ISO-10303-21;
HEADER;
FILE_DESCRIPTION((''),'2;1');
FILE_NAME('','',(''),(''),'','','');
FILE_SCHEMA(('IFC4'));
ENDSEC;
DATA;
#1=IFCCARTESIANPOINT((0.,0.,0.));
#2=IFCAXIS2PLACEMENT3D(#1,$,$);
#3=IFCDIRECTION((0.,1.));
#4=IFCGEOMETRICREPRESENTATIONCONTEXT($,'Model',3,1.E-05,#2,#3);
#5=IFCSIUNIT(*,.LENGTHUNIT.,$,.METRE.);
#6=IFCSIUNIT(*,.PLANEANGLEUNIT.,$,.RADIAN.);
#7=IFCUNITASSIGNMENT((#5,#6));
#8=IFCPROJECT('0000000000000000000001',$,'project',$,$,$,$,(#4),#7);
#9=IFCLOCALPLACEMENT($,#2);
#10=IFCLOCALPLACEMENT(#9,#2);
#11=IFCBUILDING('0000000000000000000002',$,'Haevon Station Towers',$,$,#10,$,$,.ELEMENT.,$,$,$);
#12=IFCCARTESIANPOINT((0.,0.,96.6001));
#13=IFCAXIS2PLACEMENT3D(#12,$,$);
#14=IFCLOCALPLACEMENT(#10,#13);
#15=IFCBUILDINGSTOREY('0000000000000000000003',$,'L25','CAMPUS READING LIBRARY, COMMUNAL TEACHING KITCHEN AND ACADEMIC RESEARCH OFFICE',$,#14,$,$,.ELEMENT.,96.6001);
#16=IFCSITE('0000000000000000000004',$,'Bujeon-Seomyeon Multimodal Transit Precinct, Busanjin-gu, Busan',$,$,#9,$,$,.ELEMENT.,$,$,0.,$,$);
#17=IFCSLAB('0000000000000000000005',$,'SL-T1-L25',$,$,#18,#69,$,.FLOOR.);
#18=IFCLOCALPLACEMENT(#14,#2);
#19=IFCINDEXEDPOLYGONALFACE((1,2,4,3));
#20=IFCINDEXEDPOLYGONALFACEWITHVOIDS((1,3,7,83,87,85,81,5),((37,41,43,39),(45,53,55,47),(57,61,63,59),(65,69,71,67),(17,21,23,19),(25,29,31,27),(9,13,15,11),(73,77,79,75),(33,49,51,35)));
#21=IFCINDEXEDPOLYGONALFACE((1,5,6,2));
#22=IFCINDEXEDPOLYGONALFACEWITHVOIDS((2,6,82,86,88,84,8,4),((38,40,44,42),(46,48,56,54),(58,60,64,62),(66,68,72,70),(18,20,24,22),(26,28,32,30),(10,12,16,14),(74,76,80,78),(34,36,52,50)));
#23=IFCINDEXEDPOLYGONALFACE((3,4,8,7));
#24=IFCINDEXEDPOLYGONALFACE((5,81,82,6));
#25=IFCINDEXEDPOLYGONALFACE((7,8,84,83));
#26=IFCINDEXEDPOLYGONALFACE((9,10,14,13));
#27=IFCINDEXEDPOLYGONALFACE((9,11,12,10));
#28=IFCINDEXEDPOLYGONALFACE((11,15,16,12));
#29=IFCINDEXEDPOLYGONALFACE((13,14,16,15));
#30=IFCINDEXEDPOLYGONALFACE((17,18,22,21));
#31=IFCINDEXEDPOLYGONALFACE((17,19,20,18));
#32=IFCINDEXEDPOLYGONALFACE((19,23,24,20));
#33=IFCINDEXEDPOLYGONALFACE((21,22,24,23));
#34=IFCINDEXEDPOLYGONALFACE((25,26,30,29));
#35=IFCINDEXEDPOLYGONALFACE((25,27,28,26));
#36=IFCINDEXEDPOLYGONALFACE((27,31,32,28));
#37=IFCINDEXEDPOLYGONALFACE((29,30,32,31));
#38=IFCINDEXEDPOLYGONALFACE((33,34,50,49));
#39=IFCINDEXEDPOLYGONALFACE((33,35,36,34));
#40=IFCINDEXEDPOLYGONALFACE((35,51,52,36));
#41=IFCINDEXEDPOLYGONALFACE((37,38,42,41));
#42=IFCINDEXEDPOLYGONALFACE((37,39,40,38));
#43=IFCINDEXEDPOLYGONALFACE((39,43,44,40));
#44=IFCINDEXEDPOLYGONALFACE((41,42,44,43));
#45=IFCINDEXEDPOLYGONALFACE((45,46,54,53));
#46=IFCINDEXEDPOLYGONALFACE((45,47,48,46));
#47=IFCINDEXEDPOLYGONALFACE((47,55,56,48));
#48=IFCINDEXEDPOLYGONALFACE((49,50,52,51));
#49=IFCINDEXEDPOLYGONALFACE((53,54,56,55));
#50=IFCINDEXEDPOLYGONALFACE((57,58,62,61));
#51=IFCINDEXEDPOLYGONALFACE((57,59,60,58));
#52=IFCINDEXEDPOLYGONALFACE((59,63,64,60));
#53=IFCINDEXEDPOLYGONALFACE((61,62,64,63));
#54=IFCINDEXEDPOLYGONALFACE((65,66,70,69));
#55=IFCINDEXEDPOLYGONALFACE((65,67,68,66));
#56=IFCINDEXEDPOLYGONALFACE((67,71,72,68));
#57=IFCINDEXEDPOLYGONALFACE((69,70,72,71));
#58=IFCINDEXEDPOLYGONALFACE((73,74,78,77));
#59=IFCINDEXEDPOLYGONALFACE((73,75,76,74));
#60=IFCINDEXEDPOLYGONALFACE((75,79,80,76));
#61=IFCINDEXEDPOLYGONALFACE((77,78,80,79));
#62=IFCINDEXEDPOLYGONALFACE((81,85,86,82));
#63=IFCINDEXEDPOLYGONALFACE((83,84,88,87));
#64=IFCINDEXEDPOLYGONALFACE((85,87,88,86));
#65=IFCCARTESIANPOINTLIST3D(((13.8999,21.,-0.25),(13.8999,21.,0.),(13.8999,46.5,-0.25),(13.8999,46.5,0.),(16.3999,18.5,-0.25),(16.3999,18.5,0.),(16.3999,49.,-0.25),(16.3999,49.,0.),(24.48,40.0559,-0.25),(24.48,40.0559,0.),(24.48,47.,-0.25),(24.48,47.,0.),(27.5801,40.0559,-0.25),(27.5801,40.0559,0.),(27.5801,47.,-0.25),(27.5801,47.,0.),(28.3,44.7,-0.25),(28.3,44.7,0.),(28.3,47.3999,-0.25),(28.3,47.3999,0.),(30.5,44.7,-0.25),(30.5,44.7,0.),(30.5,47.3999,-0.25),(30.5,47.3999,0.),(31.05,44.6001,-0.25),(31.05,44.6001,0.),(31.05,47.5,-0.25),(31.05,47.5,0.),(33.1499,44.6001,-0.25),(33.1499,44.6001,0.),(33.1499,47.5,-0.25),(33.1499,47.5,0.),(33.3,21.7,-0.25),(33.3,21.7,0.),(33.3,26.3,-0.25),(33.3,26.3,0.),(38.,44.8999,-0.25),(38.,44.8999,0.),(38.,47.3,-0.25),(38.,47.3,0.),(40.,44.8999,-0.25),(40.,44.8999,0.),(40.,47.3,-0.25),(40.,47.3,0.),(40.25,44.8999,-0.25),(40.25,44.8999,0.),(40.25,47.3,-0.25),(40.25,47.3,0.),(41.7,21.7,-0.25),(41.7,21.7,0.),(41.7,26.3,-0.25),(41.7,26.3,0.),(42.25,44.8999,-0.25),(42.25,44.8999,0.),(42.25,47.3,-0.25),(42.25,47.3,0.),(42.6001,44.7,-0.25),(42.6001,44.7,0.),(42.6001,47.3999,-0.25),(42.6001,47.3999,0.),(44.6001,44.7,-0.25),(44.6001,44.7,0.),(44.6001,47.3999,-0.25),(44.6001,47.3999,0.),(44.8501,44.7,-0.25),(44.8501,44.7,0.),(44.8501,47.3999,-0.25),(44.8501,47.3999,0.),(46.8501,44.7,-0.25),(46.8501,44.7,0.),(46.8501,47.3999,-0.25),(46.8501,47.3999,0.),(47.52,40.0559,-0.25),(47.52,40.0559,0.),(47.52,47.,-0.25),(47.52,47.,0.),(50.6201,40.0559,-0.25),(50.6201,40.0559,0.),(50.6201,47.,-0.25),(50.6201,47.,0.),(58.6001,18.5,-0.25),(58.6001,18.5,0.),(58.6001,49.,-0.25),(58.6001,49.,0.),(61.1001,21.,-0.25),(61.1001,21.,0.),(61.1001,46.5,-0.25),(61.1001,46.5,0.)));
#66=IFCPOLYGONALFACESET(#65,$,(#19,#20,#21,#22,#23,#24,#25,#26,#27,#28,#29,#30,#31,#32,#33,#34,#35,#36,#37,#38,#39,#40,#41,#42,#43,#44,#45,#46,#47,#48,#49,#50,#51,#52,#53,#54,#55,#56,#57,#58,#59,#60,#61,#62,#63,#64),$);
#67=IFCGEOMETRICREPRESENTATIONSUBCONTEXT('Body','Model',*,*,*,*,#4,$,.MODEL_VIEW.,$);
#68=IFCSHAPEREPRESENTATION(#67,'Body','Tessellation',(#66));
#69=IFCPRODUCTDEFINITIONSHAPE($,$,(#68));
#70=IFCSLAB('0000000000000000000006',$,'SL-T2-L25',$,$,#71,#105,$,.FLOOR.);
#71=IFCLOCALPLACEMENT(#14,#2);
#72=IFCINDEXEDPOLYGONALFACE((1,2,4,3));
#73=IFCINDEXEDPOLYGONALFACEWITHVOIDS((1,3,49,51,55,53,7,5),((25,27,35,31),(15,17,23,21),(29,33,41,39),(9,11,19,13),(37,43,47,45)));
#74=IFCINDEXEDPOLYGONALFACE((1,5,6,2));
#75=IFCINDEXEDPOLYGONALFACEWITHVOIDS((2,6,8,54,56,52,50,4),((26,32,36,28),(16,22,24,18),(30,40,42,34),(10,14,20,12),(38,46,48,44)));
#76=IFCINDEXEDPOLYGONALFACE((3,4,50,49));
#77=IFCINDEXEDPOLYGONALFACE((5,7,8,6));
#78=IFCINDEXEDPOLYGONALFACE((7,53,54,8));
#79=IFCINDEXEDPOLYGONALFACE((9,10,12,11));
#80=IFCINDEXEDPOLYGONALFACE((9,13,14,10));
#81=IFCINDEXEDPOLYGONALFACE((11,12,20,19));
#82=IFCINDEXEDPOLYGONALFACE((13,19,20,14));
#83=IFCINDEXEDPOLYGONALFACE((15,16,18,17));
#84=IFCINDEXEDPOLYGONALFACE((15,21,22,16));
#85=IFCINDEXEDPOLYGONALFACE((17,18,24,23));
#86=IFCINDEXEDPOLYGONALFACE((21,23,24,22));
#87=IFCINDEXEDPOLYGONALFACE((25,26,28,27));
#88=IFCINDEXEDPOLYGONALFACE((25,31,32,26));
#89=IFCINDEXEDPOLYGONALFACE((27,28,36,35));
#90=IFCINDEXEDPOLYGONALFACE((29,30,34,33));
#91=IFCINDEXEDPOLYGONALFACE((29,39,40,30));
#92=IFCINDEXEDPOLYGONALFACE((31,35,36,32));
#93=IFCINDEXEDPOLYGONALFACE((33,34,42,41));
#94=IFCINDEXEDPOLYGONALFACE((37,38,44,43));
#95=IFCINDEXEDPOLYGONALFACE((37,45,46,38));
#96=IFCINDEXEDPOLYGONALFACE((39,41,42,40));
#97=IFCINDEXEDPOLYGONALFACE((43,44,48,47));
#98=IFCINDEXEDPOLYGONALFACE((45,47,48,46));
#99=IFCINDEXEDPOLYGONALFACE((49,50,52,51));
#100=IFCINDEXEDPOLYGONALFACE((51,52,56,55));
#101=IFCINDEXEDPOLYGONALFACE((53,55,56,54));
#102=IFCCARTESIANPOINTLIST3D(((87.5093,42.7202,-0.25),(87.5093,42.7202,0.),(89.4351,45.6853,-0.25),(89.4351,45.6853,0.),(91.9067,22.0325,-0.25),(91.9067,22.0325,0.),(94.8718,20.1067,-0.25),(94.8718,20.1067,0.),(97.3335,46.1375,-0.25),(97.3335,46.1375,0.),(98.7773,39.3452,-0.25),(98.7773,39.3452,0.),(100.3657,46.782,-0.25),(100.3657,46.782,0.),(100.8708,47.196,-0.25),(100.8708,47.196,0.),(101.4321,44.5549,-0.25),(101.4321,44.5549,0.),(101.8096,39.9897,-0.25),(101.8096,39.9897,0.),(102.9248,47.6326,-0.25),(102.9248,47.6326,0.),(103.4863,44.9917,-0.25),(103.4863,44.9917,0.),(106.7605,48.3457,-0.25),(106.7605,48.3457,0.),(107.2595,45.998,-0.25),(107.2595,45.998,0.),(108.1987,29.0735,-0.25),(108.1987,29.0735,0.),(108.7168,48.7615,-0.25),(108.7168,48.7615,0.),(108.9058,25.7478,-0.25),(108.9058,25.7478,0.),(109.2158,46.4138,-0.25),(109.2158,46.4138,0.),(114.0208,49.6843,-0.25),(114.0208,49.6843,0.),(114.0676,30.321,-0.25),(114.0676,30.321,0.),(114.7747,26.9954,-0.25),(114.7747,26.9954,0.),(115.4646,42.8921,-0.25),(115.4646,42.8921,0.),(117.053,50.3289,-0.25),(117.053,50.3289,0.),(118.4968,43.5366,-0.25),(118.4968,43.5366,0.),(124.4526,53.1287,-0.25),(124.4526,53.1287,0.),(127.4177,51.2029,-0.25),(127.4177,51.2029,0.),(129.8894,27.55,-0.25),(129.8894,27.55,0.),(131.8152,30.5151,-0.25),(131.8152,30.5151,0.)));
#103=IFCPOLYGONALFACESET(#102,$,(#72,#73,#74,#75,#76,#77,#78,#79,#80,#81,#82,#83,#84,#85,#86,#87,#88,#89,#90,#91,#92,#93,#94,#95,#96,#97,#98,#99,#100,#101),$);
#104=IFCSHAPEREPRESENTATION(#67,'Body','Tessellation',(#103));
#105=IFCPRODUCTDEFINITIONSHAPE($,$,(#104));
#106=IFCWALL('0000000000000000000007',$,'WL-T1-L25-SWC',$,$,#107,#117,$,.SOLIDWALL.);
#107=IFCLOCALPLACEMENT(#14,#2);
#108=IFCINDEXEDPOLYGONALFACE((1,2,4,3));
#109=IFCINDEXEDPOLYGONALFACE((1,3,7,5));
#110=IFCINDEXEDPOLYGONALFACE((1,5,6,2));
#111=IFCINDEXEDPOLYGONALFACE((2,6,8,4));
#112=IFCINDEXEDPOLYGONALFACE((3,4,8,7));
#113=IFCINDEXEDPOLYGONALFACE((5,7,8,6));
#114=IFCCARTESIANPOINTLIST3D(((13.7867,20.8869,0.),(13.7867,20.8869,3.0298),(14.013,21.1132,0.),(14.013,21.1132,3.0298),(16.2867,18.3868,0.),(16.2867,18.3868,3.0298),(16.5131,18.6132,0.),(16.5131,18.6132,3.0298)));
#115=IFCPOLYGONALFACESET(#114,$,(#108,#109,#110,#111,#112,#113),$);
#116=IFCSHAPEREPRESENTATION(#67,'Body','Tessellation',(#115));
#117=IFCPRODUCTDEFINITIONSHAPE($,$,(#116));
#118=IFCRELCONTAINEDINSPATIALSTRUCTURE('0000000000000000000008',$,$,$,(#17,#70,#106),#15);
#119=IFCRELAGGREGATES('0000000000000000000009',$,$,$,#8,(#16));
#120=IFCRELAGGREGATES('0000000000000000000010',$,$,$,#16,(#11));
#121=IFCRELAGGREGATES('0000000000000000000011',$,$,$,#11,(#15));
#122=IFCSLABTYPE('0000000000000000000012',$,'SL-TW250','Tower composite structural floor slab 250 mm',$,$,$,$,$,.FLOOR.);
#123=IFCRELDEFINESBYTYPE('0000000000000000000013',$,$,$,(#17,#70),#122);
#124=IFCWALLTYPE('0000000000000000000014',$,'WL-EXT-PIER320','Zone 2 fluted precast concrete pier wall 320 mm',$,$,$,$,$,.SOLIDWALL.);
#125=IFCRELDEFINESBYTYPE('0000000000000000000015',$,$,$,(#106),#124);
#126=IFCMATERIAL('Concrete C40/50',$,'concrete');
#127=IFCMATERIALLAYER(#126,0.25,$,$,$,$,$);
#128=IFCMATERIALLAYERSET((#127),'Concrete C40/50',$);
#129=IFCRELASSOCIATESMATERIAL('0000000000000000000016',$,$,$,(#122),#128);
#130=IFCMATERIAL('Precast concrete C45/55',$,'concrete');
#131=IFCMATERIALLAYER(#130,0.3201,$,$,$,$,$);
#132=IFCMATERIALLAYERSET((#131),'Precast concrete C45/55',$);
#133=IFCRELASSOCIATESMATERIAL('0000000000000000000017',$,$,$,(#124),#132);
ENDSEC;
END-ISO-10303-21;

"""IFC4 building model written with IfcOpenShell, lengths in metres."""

from ifc_helpers import new_model, si_unit, direction, frame, frame_2d, origin, place, context, subcontext, project, spatial, polyline, rectangle, outline, extrude, material, layer, layer_set, type_object, element, save


model = new_model("IFC4")

# Units and contexts
model_context = context("Model", 3, precision=1e-05, world=origin(), true_north=direction((0.0, 1.0)))
body_context = subcontext(model_context, "Body", "Model", "MODEL_VIEW")
ifc_project = project(units=[si_unit("LENGTHUNIT", "METRE"), si_unit("PLANEANGLEUNIT", "RADIAN")], contexts=[model_context])

# Site, building, storey
site_placement = place(None, origin())
site = spatial("IfcSite", under=ifc_project, at=site_placement, Name="Bujeon-Seomyeon Multimodal Transit Precinct, Busanjin-gu, Busan", CompositionType="ELEMENT", RefElevation=0.0)
building_placement = place(site_placement, origin())
building = spatial("IfcBuilding", under=site, at=building_placement, Name="Haevon Station Towers", CompositionType="ELEMENT")
storey_placement = place(building_placement, frame((0.0, 0.0, 96.6001)))
storey = spatial("IfcBuildingStorey", under=building, at=storey_placement, Name="L25", Description="CAMPUS READING LIBRARY, COMMUNAL TEACHING KITCHEN AND ACADEMIC RESEARCH OFFICE", CompositionType="ELEMENT", Elevation=96.6001)

# Shared definitions
ifc_material_1 = material(Name="Concrete C40/50", Category="concrete")

# Slabs
ifc_layer_1 = layer(ifc_material_1, 0.25)
ifc_layer_set_1 = layer_set([ifc_layer_1], Name="Concrete C40/50")
slab_type_1 = type_object("IfcSlabType", Name="SL-TW250", Description="Tower composite structural floor slab 250 mm", PredefinedType="FLOOR", material=ifc_layer_set_1)
slab_1_placement = place(storey_placement, frame((0.0, 0.0, -0.25)))
element("IfcSlab", 1, at=slab_1_placement, inside=storey, type_object=slab_type_1, Name="SL-T1-L25", PredefinedType="FLOOR", context=body_context, shape_type="SweptSolid", body=[
    extrude(outline(polyline([(16.3999, 18.5), (58.6001, 18.5), (61.1001, 21.0), (61.1001, 46.5), (58.6001, 49.0), (16.3999, 49.0), (13.8999, 46.5), (13.8999, 21.0), (16.3999, 18.5)]), holes=[polyline([(27.5801, 40.0559), (27.5801, 47.0), (24.48, 47.0), (24.48, 40.0559), (27.5801, 40.0559)]), polyline([(50.6201, 40.0559), (50.6201, 47.0), (47.52, 47.0), (47.52, 40.0559), (50.6201, 40.0559)]), polyline([(28.3, 44.7), (30.5, 44.7), (30.5, 47.3999), (28.3, 47.3999), (28.3, 44.7)]), polyline([(31.05, 44.6001), (33.1499, 44.6001), (33.1499, 47.5), (31.05, 47.5), (31.05, 44.6001)]), polyline([(38.0, 44.8999), (40.0, 44.8999), (40.0, 47.3), (38.0, 47.3), (38.0, 44.8999)]), polyline([(40.25, 44.8999), (42.25, 44.8999), (42.25, 47.3), (40.25, 47.3), (40.25, 44.8999)]), polyline([(42.6001, 44.7), (44.6001, 44.7), (44.6001, 47.3999), (42.6001, 47.3999), (42.6001, 44.7)]), polyline([(44.8501, 44.7), (46.8501, 44.7), (46.8501, 47.3999), (44.8501, 47.3999), (44.8501, 44.7)]), polyline([(33.3, 21.7), (41.7, 21.7), (41.7, 26.3), (33.3, 26.3), (33.3, 21.7)])]), origin(), (0.0, 0.0, 1.0), 0.25),
])
slab_2_placement = place(storey_placement, frame((0.0, 0.0, -0.25)))
element("IfcSlab", 2, at=slab_2_placement, inside=storey, type_object=slab_type_1, Name="SL-T2-L25", PredefinedType="FLOOR", context=body_context, shape_type="SweptSolid", body=[
    extrude(outline(polyline([(94.8718, 20.1067), (129.8894, 27.55), (131.8152, 30.5151), (127.4177, 51.2029), (124.4526, 53.1287), (89.4351, 45.6853), (87.5093, 42.7202), (91.9067, 22.0325), (94.8718, 20.1067)]), holes=[polyline([(101.8096, 39.9897), (100.3657, 46.782), (97.3335, 46.1375), (98.7773, 39.3452), (101.8096, 39.9897)]), polyline([(118.4968, 43.5366), (117.053, 50.3289), (114.0208, 49.6843), (115.4646, 42.8921), (118.4968, 43.5366)]), polyline([(101.4321, 44.5549), (103.4863, 44.9917), (102.9248, 47.6326), (100.8708, 47.196), (101.4321, 44.5549)]), polyline([(107.2595, 45.998), (109.2158, 46.4138), (108.7168, 48.7615), (106.7605, 48.3457), (107.2595, 45.998)]), polyline([(108.9058, 25.7478), (114.7747, 26.9954), (114.0676, 30.321), (108.1987, 29.0735), (108.9058, 25.7478)])]), origin(), (0.0, 0.0, 1.0), 0.25),
])

# Wall
ifc_material_2 = material(Name="Precast concrete C45/55", Category="concrete")
ifc_layer_2 = layer(ifc_material_2, 0.3201)
ifc_layer_set_2 = layer_set([ifc_layer_2], Name="Precast concrete C45/55")
wall_type_1 = type_object("IfcWallType", Name="WL-EXT-PIER320", Description="Zone 2 fluted precast concrete pier wall 320 mm", PredefinedType="SOLIDWALL", material=ifc_layer_set_2)
wall_1_placement = place(storey_placement, frame((16.3999, 18.5, 0.0), z_axis=(0.0, 0.0, 1.0), x_axis=(-0.707107, 0.707107, 0.0)))
element("IfcWall", 3, at=wall_1_placement, inside=storey, type_object=wall_type_1, Name="WL-T1-L25-SWC", PredefinedType="SOLIDWALL", context=body_context, shape_type="SweptSolid", body=[
    extrude(rectangle(XDim=3.5356, YDim=0.3201, at=frame_2d((1.7678, 0.0))), origin(), (0.0, 0.0, 1.0), 3.0298),
])

save(model, "model.ifc")
